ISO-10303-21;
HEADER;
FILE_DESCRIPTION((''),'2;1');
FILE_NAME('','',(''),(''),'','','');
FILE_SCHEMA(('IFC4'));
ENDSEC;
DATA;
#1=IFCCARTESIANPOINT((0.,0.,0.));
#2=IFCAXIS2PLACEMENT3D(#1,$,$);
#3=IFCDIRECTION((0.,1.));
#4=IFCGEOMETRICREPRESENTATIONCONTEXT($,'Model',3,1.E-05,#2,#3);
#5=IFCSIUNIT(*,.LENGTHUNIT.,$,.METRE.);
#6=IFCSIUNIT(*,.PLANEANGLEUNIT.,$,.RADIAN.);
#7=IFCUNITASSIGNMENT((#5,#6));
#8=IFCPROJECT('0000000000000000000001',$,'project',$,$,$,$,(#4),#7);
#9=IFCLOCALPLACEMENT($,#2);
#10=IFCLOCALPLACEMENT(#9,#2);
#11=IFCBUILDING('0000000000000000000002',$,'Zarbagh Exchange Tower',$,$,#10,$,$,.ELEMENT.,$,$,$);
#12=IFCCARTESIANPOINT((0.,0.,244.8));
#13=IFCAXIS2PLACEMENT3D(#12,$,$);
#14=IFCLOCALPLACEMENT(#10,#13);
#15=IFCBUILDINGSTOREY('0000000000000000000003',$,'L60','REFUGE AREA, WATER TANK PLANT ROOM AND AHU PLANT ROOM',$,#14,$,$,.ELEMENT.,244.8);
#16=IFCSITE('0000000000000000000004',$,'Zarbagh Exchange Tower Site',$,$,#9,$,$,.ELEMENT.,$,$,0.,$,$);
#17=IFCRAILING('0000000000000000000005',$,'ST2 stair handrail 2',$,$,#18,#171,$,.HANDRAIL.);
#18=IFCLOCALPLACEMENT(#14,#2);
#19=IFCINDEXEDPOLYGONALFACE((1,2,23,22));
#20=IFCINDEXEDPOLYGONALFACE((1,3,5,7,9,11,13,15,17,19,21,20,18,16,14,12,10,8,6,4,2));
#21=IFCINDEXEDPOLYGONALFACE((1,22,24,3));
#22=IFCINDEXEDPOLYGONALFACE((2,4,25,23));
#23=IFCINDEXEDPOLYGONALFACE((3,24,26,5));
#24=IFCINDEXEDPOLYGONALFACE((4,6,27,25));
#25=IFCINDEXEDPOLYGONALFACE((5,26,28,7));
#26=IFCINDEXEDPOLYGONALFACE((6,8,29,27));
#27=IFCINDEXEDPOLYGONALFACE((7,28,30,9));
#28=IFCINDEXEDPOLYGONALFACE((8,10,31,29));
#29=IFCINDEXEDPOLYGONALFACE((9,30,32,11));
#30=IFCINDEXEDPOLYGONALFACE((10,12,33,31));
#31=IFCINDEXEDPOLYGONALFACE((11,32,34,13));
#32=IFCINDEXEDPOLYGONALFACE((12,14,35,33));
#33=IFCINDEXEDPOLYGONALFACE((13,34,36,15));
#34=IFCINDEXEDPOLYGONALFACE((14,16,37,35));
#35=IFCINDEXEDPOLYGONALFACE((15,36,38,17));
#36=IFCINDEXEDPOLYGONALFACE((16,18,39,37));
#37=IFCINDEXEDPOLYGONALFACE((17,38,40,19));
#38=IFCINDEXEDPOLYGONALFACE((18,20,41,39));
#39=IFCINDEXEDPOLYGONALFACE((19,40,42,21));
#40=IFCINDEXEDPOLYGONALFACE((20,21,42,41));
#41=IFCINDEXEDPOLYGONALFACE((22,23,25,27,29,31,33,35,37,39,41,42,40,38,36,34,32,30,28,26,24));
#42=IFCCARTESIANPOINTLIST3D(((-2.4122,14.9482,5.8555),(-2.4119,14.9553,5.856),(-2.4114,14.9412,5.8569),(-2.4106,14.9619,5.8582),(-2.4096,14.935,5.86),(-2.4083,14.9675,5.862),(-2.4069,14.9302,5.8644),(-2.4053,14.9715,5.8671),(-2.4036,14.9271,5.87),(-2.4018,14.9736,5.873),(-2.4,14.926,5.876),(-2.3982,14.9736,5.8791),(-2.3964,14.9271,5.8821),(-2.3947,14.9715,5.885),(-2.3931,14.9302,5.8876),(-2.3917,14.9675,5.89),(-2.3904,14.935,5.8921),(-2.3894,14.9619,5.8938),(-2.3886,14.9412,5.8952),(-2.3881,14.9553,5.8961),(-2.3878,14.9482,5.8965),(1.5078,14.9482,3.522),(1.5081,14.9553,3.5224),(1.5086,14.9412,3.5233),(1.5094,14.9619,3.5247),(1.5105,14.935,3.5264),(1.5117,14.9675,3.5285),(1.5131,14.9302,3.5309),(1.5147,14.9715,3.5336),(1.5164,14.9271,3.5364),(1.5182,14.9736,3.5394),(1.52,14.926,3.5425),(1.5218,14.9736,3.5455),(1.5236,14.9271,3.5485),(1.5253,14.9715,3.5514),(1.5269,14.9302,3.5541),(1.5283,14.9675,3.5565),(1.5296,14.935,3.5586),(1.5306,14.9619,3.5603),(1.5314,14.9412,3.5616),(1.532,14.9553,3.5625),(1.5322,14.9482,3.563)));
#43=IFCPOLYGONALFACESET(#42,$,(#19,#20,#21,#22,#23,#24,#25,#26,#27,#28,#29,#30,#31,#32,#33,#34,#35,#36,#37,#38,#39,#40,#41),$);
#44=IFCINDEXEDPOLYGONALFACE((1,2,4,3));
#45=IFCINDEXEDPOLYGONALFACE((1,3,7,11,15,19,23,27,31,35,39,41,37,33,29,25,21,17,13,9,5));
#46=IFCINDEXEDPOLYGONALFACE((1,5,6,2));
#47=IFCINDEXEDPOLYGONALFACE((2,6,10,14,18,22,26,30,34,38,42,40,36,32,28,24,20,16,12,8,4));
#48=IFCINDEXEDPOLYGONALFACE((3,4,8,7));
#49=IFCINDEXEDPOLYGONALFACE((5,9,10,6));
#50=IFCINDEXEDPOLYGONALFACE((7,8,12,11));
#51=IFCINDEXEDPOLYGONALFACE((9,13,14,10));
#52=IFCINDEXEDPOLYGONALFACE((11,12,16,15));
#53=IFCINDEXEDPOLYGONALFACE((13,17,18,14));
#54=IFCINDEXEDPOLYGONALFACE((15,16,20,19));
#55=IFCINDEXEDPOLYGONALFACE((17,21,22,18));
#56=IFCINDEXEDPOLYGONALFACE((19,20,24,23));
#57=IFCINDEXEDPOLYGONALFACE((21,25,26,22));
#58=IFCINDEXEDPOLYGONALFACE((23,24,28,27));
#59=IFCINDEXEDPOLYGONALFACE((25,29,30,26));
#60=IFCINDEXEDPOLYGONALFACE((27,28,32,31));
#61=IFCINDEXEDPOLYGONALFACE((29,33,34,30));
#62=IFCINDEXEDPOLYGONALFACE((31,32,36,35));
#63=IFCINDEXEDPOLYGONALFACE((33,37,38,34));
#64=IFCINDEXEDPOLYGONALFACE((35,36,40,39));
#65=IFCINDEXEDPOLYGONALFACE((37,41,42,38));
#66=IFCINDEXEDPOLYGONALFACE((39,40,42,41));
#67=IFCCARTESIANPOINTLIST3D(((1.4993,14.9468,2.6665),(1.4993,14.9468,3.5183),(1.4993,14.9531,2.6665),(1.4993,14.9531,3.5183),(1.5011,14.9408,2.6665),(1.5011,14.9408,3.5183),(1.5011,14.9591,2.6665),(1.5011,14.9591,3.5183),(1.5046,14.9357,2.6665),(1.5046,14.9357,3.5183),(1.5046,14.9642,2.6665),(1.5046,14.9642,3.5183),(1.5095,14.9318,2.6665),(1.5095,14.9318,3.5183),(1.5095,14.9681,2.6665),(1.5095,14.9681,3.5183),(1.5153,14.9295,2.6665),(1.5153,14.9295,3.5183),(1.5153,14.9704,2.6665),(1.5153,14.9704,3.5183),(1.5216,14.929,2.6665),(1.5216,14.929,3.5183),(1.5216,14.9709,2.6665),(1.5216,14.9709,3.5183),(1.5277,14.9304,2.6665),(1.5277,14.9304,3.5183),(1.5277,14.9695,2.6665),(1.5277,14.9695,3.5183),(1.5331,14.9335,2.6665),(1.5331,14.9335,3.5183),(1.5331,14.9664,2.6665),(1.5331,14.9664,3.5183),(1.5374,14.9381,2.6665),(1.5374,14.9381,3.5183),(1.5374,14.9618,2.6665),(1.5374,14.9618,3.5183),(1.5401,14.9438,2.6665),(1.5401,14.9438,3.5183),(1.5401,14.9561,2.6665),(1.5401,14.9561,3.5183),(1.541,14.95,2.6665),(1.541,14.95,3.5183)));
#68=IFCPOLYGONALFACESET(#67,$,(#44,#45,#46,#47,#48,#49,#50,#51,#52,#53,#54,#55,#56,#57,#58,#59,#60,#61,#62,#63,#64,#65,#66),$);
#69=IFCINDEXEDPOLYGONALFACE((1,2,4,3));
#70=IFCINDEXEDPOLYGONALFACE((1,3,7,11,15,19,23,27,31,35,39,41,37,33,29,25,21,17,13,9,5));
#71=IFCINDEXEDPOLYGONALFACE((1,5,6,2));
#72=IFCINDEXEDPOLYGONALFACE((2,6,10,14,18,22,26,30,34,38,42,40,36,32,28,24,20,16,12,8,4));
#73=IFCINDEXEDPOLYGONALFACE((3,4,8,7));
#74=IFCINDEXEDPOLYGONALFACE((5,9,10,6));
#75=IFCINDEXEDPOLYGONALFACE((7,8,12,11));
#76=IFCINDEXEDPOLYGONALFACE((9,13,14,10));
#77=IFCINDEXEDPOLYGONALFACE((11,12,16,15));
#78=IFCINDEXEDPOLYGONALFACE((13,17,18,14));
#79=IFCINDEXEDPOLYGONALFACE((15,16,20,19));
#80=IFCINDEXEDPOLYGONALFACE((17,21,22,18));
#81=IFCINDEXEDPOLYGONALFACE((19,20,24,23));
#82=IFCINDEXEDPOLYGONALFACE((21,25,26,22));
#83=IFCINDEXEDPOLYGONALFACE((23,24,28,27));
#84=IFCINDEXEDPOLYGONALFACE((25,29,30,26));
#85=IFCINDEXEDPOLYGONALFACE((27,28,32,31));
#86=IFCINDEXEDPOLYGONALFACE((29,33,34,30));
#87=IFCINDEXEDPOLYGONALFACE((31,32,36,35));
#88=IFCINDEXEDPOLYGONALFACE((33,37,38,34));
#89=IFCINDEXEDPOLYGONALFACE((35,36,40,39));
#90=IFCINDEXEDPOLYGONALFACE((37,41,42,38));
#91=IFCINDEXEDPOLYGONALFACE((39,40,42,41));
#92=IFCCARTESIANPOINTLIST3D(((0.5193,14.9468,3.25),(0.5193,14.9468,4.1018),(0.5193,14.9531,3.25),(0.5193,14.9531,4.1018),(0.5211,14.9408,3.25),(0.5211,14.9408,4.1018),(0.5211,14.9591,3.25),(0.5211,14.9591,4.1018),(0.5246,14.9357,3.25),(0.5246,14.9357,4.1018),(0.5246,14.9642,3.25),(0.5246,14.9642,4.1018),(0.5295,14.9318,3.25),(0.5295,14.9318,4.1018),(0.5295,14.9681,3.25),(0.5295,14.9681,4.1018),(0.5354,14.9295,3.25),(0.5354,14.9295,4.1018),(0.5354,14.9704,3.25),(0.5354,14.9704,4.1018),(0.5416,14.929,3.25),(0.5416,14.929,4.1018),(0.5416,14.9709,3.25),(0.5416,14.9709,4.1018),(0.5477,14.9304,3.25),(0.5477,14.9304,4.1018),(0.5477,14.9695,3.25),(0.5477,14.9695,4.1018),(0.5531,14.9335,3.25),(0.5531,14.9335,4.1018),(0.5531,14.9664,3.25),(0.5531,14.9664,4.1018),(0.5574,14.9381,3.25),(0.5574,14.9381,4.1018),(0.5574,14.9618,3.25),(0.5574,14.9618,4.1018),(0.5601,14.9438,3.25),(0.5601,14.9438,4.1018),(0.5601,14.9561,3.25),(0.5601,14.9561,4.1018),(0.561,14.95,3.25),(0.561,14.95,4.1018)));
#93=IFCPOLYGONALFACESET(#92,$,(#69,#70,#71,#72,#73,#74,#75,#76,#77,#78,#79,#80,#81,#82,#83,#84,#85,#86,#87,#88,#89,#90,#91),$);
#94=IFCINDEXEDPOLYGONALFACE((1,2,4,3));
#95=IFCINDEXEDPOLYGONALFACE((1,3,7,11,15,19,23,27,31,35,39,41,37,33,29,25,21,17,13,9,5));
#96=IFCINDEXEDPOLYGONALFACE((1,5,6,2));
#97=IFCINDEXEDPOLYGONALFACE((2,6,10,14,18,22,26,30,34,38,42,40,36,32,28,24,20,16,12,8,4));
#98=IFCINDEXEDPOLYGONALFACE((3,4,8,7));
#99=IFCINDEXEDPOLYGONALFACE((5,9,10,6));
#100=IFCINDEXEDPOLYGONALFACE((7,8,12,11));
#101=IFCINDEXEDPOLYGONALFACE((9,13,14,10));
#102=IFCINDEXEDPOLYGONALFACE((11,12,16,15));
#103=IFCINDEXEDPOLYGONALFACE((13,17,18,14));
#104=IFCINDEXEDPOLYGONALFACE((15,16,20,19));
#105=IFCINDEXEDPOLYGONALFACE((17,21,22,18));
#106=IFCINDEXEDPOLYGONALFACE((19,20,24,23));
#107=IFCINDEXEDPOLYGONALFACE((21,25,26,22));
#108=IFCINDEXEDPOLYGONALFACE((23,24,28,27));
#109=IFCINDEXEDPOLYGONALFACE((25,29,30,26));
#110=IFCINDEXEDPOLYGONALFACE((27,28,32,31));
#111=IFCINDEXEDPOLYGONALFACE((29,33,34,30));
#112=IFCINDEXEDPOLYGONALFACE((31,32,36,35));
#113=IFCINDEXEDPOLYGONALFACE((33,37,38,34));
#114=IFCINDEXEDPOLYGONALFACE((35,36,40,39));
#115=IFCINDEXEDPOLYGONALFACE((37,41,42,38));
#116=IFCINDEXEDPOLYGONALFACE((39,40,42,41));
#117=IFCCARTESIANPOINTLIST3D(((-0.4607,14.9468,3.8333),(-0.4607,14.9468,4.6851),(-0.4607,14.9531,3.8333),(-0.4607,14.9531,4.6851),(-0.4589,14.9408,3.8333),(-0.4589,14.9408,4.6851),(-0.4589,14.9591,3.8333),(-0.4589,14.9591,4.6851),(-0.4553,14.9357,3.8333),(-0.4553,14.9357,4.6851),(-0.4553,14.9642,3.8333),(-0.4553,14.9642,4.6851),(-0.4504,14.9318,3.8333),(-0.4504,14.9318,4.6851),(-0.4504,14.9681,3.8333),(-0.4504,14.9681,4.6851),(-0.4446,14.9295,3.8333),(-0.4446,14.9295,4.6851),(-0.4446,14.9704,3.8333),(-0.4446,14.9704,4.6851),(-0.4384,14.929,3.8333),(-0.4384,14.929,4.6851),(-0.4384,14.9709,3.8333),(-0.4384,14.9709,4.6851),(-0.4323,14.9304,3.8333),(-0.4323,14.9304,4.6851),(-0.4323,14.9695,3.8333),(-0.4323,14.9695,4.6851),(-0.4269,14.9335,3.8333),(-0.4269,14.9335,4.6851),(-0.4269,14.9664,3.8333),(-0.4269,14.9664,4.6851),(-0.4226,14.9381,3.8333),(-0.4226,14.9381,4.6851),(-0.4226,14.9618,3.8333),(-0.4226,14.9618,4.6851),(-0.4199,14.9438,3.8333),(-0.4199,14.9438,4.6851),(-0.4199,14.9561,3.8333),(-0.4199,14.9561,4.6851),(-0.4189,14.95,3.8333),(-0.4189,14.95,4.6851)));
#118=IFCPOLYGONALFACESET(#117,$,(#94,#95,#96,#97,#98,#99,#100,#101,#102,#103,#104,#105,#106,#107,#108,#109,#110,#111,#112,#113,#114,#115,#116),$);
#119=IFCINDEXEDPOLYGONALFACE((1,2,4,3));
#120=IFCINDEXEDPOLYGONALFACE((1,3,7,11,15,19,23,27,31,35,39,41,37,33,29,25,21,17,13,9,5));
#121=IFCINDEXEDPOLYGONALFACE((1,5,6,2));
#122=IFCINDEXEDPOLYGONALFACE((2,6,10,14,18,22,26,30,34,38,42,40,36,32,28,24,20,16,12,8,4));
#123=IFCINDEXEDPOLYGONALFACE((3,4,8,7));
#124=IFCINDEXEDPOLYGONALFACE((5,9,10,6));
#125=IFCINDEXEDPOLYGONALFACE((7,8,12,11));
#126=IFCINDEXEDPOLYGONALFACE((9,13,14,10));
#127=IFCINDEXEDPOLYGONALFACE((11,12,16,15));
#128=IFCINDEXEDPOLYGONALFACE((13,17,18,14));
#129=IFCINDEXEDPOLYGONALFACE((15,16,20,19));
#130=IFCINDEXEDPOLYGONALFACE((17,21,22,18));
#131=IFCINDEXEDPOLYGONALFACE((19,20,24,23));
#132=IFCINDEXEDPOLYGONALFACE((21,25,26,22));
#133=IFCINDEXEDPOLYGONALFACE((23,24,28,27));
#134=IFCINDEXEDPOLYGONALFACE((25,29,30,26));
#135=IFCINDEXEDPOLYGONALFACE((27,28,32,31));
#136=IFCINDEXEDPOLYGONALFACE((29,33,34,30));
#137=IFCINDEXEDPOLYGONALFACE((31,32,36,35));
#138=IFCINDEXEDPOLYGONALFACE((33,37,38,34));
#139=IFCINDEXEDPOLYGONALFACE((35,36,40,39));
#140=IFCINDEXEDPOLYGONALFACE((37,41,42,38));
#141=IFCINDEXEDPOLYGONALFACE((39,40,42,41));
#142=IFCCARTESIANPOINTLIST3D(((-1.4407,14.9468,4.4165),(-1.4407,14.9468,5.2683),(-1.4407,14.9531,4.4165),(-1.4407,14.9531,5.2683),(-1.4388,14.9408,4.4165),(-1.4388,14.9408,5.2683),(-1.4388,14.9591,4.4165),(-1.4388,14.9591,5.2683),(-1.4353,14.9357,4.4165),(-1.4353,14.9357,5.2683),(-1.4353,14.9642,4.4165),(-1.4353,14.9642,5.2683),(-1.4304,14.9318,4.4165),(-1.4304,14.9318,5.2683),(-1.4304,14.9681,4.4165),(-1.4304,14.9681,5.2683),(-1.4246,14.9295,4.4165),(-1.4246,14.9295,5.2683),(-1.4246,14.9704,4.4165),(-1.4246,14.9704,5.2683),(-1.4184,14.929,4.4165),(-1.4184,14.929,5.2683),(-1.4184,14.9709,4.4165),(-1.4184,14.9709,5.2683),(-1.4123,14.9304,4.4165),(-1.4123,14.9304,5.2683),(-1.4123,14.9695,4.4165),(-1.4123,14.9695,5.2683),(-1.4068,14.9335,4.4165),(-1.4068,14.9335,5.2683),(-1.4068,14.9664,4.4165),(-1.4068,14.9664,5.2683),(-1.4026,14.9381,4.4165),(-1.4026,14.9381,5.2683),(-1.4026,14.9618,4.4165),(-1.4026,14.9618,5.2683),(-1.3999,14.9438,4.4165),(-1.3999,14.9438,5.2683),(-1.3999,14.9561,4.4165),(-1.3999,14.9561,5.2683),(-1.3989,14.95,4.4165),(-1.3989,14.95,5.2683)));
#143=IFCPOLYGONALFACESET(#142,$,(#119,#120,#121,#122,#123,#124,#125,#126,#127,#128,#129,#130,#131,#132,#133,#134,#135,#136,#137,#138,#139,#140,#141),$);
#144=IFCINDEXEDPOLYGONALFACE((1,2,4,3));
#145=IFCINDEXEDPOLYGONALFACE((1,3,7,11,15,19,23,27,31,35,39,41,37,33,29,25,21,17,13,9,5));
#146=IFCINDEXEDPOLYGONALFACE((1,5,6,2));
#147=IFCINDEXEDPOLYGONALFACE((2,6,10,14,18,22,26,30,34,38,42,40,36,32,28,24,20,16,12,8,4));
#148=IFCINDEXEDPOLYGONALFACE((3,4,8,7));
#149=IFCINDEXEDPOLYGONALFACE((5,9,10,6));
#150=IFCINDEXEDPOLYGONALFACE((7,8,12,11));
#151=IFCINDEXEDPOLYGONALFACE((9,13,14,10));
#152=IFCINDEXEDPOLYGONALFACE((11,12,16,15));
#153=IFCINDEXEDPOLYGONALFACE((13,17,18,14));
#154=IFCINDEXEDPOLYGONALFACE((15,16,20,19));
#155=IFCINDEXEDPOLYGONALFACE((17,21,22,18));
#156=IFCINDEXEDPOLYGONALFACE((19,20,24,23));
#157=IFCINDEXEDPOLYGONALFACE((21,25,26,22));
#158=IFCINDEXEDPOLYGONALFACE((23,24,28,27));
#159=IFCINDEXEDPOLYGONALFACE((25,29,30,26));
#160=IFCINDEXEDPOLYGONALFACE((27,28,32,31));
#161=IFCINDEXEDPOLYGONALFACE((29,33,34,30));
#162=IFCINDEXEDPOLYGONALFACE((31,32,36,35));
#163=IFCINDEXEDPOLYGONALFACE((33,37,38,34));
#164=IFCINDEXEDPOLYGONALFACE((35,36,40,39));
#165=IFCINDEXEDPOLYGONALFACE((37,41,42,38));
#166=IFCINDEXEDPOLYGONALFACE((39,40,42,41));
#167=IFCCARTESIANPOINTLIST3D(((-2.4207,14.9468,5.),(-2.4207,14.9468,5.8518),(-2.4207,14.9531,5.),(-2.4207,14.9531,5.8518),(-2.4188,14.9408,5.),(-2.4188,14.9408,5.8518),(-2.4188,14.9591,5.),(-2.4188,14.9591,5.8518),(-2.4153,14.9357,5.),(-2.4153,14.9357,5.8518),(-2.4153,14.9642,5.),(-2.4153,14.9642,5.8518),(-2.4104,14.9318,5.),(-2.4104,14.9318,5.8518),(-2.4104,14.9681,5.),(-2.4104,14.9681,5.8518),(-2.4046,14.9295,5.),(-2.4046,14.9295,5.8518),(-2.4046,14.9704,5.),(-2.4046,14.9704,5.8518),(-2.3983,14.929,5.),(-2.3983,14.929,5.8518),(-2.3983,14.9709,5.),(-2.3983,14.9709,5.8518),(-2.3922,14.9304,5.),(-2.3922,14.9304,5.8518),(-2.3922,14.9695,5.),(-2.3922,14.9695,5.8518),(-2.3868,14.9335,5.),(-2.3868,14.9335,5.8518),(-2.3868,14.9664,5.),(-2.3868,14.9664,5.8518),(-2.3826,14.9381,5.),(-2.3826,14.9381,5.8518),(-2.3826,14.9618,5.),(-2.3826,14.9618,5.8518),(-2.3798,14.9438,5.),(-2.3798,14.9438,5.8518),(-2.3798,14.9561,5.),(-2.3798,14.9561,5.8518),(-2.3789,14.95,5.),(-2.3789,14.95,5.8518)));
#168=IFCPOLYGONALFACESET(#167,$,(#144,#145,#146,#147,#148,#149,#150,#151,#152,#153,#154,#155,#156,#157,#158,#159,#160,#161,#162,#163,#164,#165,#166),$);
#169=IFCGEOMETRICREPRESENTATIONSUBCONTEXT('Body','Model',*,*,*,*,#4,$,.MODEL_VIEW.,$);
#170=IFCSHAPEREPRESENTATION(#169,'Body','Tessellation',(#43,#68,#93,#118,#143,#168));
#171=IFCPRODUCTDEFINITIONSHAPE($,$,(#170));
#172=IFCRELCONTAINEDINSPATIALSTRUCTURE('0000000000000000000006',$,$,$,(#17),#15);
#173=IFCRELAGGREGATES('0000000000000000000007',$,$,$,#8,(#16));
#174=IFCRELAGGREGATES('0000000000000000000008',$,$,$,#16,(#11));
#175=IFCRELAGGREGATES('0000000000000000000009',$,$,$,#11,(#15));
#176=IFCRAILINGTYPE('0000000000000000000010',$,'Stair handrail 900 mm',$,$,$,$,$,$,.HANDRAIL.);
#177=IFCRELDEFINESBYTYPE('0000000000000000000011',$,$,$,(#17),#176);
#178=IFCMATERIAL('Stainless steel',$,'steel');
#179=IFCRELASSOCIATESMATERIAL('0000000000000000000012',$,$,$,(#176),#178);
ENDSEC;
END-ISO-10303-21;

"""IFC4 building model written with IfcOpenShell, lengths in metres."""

from ifc_helpers import new_model, si_unit, direction, frame, origin, origin_2d, place, context, subcontext, project, spatial, circle, extrude, material, type_object, element, save


model = new_model("IFC4")

# Units and contexts
model_context = context("Model", 3, precision=1e-05, world=origin(), true_north=direction((0.0, 1.0)))
body_context = subcontext(model_context, "Body", "Model", "MODEL_VIEW")
ifc_project = project(units=[si_unit("LENGTHUNIT", "METRE"), si_unit("PLANEANGLEUNIT", "RADIAN")], contexts=[model_context])

# Site, building, storey
site_placement = place(None, origin())
site = spatial("IfcSite", under=ifc_project, at=site_placement, Name="Zarbagh Exchange Tower Site", CompositionType="ELEMENT", RefElevation=0.0)
building_placement = place(site_placement, origin())
building = spatial("IfcBuilding", under=site, at=building_placement, Name="Zarbagh Exchange Tower", CompositionType="ELEMENT")
storey_placement = place(building_placement, frame((0.0, 0.0, 244.8)))
storey = spatial("IfcBuildingStorey", under=building, at=storey_placement, Name="L60", Description="REFUGE AREA, WATER TANK PLANT ROOM AND AHU PLANT ROOM", CompositionType="ELEMENT", Elevation=244.8)

# Shared definitions
ifc_material_1 = material(Name="Stainless steel", Category="steel")

# Railing
railing_type_1 = type_object("IfcRailingType", Name="Stair handrail 900 mm", PredefinedType="HANDRAIL", material=ifc_material_1)
railing_1_placement = place(storey_placement, frame((1.52, 14.95, 2.6665)))
element("IfcRailing", 1, at=railing_1_placement, inside=storey, type_object=railing_type_1, Name="ST2 stair handrail 2", PredefinedType="HANDRAIL", context=body_context, shape_type="SweptSolid", body=[
    extrude(circle(Radius=0.0239, at=origin_2d()), frame((0.0, 0.0, 0.876), z_axis=(-0.859273, 0.0, 0.511518), x_axis=(0.0, -1.0, 0.0)), (0.0, 0.0, 1.0), 4.562),
    extrude(circle(Radius=0.021, at=origin_2d()), origin(), (0.0, 0.0, 1.0), 0.8518),
    extrude(circle(Radius=0.021, at=origin_2d()), frame((-0.98, 0.0, 0.5835)), (0.0, 0.0, 1.0), 0.8518),
    extrude(circle(Radius=0.021, at=origin_2d()), frame((-1.96, 0.0, 1.1667)), (0.0, 0.0, 1.0), 0.8518),
    extrude(circle(Radius=0.021, at=origin_2d()), frame((-2.9399, 0.0, 1.75)), (0.0, 0.0, 1.0), 0.8518),
    extrude(circle(Radius=0.021, at=origin_2d()), frame((-3.9199, 0.0, 2.3335)), (0.0, 0.0, 1.0), 0.8518),
])

save(model, "model.ifc")
